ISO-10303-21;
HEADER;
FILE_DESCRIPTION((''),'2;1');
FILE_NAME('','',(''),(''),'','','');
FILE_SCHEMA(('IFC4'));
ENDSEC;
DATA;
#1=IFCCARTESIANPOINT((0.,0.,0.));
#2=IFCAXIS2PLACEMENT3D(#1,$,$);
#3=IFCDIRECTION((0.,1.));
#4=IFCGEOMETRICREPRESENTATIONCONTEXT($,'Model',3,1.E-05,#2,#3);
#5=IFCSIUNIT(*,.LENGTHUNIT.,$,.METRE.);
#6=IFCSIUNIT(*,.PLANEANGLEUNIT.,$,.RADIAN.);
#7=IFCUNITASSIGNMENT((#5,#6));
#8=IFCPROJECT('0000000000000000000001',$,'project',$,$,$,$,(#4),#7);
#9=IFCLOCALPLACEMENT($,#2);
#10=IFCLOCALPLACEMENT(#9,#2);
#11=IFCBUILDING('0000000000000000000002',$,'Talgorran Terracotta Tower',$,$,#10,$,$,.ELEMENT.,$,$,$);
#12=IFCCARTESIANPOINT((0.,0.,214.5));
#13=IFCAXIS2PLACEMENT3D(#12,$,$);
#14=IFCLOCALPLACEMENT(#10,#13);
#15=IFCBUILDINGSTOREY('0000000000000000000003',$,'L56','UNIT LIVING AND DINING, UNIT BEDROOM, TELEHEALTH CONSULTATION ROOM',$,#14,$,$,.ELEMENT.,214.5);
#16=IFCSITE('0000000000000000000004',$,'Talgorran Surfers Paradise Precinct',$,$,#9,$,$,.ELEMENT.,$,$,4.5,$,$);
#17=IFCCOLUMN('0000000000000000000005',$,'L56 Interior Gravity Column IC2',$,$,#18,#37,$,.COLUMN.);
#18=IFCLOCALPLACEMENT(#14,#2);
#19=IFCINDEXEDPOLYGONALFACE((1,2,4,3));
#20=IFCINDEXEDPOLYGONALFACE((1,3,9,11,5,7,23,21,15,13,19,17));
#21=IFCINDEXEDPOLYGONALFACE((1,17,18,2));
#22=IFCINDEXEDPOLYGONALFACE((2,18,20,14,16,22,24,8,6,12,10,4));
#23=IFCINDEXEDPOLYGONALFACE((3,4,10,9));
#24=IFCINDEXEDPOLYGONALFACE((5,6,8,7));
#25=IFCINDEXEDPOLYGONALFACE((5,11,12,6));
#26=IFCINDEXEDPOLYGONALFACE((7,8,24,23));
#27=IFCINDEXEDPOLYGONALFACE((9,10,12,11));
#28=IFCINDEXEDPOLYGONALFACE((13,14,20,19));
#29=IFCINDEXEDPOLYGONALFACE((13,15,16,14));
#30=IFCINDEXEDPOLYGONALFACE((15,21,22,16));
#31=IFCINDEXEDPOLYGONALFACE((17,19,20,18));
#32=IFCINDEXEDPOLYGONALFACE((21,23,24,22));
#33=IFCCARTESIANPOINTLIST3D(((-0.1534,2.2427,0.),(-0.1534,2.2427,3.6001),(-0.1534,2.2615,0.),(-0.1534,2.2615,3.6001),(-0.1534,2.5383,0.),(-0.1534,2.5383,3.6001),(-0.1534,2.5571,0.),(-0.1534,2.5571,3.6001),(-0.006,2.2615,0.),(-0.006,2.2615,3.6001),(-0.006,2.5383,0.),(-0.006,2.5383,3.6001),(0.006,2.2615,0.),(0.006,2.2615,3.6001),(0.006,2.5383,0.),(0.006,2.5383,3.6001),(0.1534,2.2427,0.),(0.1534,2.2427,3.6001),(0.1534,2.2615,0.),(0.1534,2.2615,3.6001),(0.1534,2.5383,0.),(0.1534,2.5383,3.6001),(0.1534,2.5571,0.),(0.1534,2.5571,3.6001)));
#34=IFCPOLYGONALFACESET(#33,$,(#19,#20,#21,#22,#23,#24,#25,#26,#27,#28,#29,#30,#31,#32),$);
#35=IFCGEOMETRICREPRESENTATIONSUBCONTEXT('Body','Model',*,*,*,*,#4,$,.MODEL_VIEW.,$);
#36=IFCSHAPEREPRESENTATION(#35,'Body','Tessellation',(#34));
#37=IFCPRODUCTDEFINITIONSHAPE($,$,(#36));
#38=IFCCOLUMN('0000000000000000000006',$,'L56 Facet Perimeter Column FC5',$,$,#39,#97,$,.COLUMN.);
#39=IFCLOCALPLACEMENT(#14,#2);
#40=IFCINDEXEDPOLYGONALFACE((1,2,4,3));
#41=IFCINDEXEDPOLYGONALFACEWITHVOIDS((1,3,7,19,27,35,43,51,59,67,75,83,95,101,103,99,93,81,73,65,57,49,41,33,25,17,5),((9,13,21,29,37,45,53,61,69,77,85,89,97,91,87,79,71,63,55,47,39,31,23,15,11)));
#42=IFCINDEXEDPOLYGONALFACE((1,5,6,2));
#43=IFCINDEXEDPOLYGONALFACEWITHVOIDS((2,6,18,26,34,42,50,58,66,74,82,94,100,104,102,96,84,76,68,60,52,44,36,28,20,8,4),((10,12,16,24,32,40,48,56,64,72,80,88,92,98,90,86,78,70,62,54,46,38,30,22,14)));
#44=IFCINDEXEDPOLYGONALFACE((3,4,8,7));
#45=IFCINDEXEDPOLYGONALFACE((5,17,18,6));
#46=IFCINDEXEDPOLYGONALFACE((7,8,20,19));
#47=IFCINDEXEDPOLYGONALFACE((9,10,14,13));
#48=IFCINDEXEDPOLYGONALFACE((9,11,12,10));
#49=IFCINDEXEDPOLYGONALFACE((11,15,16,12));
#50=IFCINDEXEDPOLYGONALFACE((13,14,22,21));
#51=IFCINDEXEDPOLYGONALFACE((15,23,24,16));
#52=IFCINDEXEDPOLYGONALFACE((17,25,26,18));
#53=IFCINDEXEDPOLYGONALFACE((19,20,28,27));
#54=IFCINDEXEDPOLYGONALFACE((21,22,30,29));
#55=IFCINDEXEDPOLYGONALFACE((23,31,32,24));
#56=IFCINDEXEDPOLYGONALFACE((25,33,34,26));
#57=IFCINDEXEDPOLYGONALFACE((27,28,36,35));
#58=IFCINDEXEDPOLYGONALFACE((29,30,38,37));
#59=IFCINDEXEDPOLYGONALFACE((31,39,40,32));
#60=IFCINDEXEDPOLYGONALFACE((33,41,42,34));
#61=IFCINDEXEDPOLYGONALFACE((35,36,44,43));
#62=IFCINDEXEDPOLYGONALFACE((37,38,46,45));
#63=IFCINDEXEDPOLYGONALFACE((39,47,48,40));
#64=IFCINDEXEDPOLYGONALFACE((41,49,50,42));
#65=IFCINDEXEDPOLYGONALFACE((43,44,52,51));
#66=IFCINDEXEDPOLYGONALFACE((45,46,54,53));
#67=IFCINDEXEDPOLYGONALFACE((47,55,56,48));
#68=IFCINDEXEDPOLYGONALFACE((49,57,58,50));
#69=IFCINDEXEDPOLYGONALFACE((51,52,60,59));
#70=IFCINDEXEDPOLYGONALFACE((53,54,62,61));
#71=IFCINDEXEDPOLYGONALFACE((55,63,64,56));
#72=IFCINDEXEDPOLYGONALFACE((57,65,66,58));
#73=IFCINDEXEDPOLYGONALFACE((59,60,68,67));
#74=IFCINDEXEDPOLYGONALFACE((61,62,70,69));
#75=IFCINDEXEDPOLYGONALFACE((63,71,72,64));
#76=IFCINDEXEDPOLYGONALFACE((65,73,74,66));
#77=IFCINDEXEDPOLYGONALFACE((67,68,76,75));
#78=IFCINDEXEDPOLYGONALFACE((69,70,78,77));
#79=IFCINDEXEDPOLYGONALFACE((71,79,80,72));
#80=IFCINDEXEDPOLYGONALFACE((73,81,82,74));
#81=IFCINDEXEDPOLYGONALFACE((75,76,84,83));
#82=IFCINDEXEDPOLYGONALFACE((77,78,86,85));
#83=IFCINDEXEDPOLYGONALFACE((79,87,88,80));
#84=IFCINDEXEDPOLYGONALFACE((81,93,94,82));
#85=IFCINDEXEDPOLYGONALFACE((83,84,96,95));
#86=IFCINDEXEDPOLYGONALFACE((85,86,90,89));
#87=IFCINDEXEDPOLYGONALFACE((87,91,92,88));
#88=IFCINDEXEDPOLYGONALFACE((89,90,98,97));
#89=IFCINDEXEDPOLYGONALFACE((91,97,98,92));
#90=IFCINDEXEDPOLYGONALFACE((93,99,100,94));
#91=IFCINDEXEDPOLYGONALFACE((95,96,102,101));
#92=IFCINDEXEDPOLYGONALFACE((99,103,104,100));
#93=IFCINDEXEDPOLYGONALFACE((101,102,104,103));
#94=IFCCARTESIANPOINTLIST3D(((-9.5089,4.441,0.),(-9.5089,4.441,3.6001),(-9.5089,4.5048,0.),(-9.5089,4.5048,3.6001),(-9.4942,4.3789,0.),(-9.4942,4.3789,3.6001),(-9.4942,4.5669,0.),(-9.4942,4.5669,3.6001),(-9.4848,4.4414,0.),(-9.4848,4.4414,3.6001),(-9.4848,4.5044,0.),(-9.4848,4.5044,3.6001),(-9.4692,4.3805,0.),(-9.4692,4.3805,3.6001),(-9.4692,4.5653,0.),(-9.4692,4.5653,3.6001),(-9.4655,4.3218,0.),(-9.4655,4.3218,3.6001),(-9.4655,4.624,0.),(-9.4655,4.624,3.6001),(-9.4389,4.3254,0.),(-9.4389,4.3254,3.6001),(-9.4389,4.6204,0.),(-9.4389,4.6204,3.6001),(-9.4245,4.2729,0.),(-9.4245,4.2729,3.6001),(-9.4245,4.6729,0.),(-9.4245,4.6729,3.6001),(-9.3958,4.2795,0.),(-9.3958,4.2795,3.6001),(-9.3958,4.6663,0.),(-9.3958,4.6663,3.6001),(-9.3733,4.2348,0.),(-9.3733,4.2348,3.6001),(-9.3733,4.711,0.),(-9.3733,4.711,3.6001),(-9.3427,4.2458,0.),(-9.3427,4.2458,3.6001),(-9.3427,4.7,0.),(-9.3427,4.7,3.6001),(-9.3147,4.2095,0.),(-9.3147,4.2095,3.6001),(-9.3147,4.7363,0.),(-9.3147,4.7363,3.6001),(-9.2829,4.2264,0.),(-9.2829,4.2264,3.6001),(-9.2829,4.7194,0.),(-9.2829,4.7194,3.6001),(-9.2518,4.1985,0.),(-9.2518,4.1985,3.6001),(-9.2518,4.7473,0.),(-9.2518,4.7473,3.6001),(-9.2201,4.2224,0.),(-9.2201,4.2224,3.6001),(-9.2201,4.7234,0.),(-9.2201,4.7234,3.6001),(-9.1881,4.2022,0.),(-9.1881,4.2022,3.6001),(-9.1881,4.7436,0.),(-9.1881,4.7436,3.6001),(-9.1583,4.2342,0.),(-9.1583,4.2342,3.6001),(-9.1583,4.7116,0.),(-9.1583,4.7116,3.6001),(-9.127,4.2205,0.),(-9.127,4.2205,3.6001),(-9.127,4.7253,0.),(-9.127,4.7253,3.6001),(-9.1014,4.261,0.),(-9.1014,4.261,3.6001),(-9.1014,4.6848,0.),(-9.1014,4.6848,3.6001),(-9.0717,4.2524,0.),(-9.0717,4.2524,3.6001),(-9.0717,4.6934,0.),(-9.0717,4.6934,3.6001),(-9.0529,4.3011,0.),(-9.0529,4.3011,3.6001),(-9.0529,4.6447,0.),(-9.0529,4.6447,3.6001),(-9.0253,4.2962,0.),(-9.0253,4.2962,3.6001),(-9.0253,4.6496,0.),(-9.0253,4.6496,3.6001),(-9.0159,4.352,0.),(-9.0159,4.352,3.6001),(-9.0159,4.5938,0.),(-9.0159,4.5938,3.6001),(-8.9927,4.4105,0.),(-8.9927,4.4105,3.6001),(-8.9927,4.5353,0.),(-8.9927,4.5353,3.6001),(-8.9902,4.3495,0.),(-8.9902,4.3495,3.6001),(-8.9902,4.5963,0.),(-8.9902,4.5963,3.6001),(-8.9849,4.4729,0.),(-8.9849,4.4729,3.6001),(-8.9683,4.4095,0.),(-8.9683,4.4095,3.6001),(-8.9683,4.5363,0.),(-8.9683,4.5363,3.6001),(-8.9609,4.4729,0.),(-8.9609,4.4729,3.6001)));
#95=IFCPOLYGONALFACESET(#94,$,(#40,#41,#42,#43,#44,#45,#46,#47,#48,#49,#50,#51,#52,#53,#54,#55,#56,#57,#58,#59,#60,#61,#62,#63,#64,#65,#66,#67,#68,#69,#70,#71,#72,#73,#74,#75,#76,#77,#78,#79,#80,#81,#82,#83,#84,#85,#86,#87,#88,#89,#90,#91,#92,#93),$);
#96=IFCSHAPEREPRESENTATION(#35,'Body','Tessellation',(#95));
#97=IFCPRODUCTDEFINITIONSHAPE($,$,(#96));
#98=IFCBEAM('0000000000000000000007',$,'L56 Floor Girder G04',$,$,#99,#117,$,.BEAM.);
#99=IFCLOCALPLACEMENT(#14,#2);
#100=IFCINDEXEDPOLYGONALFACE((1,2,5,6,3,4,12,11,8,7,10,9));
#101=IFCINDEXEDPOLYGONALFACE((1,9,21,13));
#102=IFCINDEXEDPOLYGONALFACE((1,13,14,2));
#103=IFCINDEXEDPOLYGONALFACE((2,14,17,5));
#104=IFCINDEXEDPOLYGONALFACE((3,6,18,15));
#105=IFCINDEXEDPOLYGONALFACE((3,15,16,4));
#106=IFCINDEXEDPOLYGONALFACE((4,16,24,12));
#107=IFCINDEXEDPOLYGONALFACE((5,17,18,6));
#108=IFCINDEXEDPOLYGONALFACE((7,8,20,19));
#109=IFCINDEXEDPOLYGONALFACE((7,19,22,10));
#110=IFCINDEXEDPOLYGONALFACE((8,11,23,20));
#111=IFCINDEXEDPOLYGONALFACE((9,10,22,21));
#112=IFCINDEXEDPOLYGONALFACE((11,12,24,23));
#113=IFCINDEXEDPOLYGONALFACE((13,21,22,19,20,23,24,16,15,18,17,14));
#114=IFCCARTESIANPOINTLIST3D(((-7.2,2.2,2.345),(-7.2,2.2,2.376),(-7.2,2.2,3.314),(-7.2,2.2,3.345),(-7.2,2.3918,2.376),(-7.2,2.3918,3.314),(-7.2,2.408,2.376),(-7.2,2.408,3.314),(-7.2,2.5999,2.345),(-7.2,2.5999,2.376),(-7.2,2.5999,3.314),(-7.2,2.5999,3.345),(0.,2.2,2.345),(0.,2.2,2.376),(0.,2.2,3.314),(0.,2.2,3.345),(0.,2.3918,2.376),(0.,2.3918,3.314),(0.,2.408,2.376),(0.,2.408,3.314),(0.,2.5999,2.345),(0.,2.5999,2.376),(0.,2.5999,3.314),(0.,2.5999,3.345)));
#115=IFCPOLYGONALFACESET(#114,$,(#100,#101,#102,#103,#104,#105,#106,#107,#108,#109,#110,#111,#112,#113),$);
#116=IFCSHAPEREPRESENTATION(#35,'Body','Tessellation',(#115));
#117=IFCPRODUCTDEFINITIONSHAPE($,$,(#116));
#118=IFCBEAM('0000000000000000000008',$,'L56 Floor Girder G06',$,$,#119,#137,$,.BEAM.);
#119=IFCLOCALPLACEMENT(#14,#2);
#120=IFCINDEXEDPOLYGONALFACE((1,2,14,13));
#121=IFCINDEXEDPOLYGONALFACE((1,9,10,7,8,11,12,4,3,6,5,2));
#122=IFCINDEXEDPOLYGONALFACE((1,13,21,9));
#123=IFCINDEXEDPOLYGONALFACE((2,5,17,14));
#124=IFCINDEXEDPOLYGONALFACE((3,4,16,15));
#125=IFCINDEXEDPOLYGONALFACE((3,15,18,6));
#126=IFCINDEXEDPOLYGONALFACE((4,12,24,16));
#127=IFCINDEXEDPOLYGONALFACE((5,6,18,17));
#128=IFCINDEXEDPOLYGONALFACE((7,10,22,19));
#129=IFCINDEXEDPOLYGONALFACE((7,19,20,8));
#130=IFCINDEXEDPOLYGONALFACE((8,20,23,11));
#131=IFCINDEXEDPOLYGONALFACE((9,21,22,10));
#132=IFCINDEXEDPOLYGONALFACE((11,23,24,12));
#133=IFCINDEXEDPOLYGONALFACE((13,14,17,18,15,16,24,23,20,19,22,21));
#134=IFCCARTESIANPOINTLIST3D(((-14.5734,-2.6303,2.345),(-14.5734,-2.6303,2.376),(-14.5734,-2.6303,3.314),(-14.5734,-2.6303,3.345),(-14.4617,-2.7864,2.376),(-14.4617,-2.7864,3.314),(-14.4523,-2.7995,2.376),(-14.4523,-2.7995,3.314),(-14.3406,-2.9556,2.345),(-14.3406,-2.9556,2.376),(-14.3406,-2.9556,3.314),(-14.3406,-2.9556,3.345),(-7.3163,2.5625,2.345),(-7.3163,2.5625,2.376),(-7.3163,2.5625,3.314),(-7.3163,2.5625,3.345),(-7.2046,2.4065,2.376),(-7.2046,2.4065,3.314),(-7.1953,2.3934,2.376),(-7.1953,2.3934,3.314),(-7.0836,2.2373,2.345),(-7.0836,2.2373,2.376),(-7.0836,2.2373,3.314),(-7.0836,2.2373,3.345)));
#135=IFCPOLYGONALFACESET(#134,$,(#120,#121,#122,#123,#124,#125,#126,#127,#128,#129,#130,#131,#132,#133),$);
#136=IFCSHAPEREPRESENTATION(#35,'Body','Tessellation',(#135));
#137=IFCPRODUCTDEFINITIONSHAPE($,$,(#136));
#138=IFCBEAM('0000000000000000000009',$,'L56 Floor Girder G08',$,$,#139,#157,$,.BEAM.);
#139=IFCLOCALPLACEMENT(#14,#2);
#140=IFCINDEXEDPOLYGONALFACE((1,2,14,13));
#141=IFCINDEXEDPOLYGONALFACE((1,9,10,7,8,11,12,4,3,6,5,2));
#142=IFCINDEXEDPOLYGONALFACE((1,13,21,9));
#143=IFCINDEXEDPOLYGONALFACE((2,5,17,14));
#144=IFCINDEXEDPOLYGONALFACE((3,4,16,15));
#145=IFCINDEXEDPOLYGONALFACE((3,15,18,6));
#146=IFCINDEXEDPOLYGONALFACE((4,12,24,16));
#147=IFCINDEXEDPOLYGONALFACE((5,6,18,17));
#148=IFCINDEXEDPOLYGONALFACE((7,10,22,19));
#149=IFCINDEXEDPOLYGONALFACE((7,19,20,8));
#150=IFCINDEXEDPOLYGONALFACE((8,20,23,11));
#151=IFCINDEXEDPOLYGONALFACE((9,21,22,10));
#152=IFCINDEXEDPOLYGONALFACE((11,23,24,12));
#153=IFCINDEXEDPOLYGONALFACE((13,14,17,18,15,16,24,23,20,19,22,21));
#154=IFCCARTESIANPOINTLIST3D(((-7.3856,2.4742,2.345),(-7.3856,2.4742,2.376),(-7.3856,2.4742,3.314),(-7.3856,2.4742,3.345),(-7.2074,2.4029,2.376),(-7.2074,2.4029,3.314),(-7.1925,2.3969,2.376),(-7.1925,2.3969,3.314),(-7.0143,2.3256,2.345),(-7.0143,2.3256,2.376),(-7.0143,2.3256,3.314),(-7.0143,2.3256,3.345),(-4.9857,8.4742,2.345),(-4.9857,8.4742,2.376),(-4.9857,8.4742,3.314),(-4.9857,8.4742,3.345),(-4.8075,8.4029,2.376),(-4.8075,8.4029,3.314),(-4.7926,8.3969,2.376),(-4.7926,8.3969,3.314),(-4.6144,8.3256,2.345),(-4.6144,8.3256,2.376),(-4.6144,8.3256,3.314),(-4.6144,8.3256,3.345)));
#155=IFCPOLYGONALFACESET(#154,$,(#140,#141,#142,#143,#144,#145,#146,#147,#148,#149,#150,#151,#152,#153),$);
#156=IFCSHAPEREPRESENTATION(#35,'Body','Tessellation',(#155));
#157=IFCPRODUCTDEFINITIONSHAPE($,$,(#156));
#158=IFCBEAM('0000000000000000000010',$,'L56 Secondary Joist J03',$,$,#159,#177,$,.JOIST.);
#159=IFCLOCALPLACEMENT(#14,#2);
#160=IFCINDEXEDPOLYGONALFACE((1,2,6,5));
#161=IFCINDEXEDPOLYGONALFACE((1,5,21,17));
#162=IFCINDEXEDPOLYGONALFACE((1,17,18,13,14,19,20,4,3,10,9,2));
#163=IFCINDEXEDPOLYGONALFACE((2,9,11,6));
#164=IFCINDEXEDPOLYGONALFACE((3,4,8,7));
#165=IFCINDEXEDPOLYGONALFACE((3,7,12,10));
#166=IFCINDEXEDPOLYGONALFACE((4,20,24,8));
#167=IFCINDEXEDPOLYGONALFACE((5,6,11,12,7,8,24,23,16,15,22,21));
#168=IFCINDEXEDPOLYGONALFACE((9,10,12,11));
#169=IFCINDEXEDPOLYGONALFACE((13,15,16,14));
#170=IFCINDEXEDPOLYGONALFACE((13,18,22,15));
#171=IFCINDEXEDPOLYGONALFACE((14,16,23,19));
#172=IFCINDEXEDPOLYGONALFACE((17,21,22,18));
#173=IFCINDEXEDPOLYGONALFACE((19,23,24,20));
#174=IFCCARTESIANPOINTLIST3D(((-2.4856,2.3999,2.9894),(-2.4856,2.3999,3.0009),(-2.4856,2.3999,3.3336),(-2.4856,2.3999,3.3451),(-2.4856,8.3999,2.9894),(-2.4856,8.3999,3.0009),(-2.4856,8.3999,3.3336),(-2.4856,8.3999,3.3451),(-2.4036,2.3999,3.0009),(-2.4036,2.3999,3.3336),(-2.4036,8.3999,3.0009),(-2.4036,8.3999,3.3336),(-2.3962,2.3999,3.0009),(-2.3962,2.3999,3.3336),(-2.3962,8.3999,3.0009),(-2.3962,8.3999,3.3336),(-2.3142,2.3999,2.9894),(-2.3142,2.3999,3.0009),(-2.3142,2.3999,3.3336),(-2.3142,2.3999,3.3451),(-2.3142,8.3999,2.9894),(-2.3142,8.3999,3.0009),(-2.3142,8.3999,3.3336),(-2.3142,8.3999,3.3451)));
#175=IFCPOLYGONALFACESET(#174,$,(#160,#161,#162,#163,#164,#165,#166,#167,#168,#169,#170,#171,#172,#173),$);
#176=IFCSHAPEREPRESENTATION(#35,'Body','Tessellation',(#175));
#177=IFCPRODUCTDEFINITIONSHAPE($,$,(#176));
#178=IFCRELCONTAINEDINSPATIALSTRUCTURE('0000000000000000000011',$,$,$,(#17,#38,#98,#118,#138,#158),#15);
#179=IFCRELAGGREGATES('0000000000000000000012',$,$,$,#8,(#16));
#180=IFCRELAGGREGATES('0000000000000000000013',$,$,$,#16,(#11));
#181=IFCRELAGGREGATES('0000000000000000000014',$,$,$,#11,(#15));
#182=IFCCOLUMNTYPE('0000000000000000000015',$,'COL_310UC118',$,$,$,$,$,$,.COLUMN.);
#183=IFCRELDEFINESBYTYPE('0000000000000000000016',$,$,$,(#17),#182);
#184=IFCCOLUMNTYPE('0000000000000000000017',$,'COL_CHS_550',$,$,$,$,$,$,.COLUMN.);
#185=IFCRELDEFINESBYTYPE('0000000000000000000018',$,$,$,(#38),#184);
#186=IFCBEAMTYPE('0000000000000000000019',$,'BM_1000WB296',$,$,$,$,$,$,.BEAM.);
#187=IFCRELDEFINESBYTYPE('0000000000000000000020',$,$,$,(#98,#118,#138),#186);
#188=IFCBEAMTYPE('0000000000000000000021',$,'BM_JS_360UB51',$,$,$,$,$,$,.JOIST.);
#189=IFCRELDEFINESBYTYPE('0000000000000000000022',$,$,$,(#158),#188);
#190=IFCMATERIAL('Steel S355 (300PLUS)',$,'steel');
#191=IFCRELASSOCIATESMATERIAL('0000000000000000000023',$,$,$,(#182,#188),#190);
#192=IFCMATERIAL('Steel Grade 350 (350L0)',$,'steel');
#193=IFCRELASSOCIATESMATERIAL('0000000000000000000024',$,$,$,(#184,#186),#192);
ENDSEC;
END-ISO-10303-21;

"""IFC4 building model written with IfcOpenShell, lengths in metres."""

from ifc_helpers import new_model, si_unit, direction, frame, origin, origin_2d, place, context, subcontext, project, spatial, hollow_circle, i_section, extrude, material, material_profile, profile_set, type_object, element, save


model = new_model("IFC4")

# Units and contexts
model_context = context("Model", 3, precision=1e-05, world=origin(), true_north=direction((0.0, 1.0)))
body_context = subcontext(model_context, "Body", "Model", "MODEL_VIEW")
ifc_project = project(units=[si_unit("LENGTHUNIT", "METRE"), si_unit("PLANEANGLEUNIT", "RADIAN")], contexts=[model_context])

# Site, building, storey
site_placement = place(None, origin())
site = spatial("IfcSite", under=ifc_project, at=site_placement, Name="Talgorran Surfers Paradise Precinct", CompositionType="ELEMENT", RefElevation=4.5)
building_placement = place(site_placement, origin())
building = spatial("IfcBuilding", under=site, at=building_placement, Name="Talgorran Terracotta Tower", CompositionType="ELEMENT")
storey_placement = place(building_placement, frame((0.0, 0.0, 214.5)))
storey = spatial("IfcBuildingStorey", under=building, at=storey_placement, Name="L56", Description="UNIT LIVING AND DINING, UNIT BEDROOM, TELEHEALTH CONSULTATION ROOM", CompositionType="ELEMENT", Elevation=214.5)

# Columns
ifc_material_1 = material(Name="Steel S355 (300PLUS)", Category="steel")
ifc_material_profile_1 = material_profile(ifc_material_1, i_section(OverallWidth=0.3069, OverallDepth=0.3145, WebThickness=0.012, FlangeThickness=0.0188, at=origin_2d()), Name="310UC118")
ifc_profile_set_1 = profile_set([ifc_material_profile_1], Name="Steel S355 (300PLUS)")
column_type_1 = type_object("IfcColumnType", Name="COL_310UC118", PredefinedType="COLUMN", material=ifc_profile_set_1)
column_1_placement = place(storey_placement, frame((0.0, 2.3999, 0.0), z_axis=(0.0, 0.0, 1.0), x_axis=(1.0, 0.0, 0.0)))
element("IfcColumn", 1, at=column_1_placement, inside=storey, type_object=column_type_1, Name="L56 Interior Gravity Column IC2", PredefinedType="COLUMN", context=body_context, shape_type="SweptSolid", body=[
    extrude(i_section(OverallWidth=0.3069, OverallDepth=0.3145, WebThickness=0.012, FlangeThickness=0.0188, at=origin_2d()), origin(), (0.0, 0.0, 1.0), 3.6001),
])
ifc_material_2 = material(Name="Steel Grade 350 (350L0)", Category="steel")
ifc_material_profile_2 = material_profile(ifc_material_2, hollow_circle(Radius=0.2749, WallThickness=0.0239, at=origin_2d()), Name="CHS550X24")
ifc_profile_set_2 = profile_set([ifc_material_profile_2], Name="Steel Grade 350 (350L0)")
column_type_2 = type_object("IfcColumnType", Name="COL_CHS_550", PredefinedType="COLUMN", material=ifc_profile_set_2)
column_2_placement = place(storey_placement, frame((-9.2358, 4.4729, 0.0), z_axis=(0.0, 0.0, 1.0), x_axis=(1.0, 0.0, 0.0)))
element("IfcColumn", 2, at=column_2_placement, inside=storey, type_object=column_type_2, Name="L56 Facet Perimeter Column FC5", PredefinedType="COLUMN", context=body_context, shape_type="SweptSolid", body=[
    extrude(hollow_circle(Radius=0.2749, WallThickness=0.0239, at=origin_2d()), origin(), (0.0, 0.0, 1.0), 3.6001),
])

# Beams
ifc_material_profile_3 = material_profile(ifc_material_2, i_section(OverallWidth=0.3999, OverallDepth=1.0, WebThickness=0.0161, FlangeThickness=0.031, at=origin_2d()), Name="1000WB296")
ifc_profile_set_3 = profile_set([ifc_material_profile_3], Name="Steel Grade 350 (350L0)")
beam_type_1 = type_object("IfcBeamType", Name="BM_1000WB296", PredefinedType="BEAM", material=ifc_profile_set_3)
beam_1_placement = place(storey_placement, frame((-7.2, 2.3999, 2.845), z_axis=(1.0, 0.0, 0.0), x_axis=(0.0, 1.0, 0.0)))
element("IfcBeam", 3, at=beam_1_placement, inside=storey, type_object=beam_type_1, Name="L56 Floor Girder G04", PredefinedType="BEAM", context=body_context, shape_type="SweptSolid", body=[
    extrude(i_section(OverallWidth=0.3999, OverallDepth=1.0, WebThickness=0.0161, FlangeThickness=0.031, at=origin_2d()), origin(), (0.0, 0.0, 1.0), 7.2),
])
beam_2_placement = place(storey_placement, frame((-7.2, 2.3999, 2.845), z_axis=(-0.813243, -0.581924, 0.0), x_axis=(0.581924, -0.813243, 0.0)))
element("IfcBeam", 4, at=beam_2_placement, inside=storey, type_object=beam_type_1, Name="L56 Floor Girder G06", PredefinedType="BEAM", context=body_context, shape_type="SweptSolid", body=[
    extrude(i_section(OverallWidth=0.3999, OverallDepth=1.0, WebThickness=0.0161, FlangeThickness=0.031, at=origin_2d()), origin(), (0.0, 0.0, 1.0), 8.9236),
])
beam_3_placement = place(storey_placement, frame((-7.2, 2.3999, 2.845), z_axis=(0.371378, 0.928482, 0.0), x_axis=(-0.928482, 0.371378, 0.0)))
element("IfcBeam", 5, at=beam_3_placement, inside=storey, type_object=beam_type_1, Name="L56 Floor Girder G08", PredefinedType="BEAM", context=body_context, shape_type="SweptSolid", body=[
    extrude(i_section(OverallWidth=0.3999, OverallDepth=1.0, WebThickness=0.0161, FlangeThickness=0.031, at=origin_2d()), origin(), (0.0, 0.0, 1.0), 6.4622),
])
ifc_material_profile_4 = material_profile(ifc_material_1, i_section(OverallWidth=0.1714, OverallDepth=0.3557, WebThickness=0.0073, FlangeThickness=0.0115, at=origin_2d()), Name="360UB50.7")
ifc_profile_set_4 = profile_set([ifc_material_profile_4], Name="Steel S355 (300PLUS)")
beam_type_2 = type_object("IfcBeamType", Name="BM_JS_360UB51", PredefinedType="JOIST", material=ifc_profile_set_4)
beam_4_placement = place(storey_placement, frame((-2.3999, 2.3999, 3.1672), z_axis=(0.0, 1.0, 0.0), x_axis=(-1.0, 0.0, 0.0)))
element("IfcBeam", 6, at=beam_4_placement, inside=storey, type_object=beam_type_2, Name="L56 Secondary Joist J03", PredefinedType="JOIST", context=body_context, shape_type="SweptSolid", body=[
    extrude(i_section(OverallWidth=0.1714, OverallDepth=0.3557, WebThickness=0.0073, FlangeThickness=0.0115, at=origin_2d()), origin(), (0.0, 0.0, 1.0), 6.0),
])

save(model, "model.ifc")
